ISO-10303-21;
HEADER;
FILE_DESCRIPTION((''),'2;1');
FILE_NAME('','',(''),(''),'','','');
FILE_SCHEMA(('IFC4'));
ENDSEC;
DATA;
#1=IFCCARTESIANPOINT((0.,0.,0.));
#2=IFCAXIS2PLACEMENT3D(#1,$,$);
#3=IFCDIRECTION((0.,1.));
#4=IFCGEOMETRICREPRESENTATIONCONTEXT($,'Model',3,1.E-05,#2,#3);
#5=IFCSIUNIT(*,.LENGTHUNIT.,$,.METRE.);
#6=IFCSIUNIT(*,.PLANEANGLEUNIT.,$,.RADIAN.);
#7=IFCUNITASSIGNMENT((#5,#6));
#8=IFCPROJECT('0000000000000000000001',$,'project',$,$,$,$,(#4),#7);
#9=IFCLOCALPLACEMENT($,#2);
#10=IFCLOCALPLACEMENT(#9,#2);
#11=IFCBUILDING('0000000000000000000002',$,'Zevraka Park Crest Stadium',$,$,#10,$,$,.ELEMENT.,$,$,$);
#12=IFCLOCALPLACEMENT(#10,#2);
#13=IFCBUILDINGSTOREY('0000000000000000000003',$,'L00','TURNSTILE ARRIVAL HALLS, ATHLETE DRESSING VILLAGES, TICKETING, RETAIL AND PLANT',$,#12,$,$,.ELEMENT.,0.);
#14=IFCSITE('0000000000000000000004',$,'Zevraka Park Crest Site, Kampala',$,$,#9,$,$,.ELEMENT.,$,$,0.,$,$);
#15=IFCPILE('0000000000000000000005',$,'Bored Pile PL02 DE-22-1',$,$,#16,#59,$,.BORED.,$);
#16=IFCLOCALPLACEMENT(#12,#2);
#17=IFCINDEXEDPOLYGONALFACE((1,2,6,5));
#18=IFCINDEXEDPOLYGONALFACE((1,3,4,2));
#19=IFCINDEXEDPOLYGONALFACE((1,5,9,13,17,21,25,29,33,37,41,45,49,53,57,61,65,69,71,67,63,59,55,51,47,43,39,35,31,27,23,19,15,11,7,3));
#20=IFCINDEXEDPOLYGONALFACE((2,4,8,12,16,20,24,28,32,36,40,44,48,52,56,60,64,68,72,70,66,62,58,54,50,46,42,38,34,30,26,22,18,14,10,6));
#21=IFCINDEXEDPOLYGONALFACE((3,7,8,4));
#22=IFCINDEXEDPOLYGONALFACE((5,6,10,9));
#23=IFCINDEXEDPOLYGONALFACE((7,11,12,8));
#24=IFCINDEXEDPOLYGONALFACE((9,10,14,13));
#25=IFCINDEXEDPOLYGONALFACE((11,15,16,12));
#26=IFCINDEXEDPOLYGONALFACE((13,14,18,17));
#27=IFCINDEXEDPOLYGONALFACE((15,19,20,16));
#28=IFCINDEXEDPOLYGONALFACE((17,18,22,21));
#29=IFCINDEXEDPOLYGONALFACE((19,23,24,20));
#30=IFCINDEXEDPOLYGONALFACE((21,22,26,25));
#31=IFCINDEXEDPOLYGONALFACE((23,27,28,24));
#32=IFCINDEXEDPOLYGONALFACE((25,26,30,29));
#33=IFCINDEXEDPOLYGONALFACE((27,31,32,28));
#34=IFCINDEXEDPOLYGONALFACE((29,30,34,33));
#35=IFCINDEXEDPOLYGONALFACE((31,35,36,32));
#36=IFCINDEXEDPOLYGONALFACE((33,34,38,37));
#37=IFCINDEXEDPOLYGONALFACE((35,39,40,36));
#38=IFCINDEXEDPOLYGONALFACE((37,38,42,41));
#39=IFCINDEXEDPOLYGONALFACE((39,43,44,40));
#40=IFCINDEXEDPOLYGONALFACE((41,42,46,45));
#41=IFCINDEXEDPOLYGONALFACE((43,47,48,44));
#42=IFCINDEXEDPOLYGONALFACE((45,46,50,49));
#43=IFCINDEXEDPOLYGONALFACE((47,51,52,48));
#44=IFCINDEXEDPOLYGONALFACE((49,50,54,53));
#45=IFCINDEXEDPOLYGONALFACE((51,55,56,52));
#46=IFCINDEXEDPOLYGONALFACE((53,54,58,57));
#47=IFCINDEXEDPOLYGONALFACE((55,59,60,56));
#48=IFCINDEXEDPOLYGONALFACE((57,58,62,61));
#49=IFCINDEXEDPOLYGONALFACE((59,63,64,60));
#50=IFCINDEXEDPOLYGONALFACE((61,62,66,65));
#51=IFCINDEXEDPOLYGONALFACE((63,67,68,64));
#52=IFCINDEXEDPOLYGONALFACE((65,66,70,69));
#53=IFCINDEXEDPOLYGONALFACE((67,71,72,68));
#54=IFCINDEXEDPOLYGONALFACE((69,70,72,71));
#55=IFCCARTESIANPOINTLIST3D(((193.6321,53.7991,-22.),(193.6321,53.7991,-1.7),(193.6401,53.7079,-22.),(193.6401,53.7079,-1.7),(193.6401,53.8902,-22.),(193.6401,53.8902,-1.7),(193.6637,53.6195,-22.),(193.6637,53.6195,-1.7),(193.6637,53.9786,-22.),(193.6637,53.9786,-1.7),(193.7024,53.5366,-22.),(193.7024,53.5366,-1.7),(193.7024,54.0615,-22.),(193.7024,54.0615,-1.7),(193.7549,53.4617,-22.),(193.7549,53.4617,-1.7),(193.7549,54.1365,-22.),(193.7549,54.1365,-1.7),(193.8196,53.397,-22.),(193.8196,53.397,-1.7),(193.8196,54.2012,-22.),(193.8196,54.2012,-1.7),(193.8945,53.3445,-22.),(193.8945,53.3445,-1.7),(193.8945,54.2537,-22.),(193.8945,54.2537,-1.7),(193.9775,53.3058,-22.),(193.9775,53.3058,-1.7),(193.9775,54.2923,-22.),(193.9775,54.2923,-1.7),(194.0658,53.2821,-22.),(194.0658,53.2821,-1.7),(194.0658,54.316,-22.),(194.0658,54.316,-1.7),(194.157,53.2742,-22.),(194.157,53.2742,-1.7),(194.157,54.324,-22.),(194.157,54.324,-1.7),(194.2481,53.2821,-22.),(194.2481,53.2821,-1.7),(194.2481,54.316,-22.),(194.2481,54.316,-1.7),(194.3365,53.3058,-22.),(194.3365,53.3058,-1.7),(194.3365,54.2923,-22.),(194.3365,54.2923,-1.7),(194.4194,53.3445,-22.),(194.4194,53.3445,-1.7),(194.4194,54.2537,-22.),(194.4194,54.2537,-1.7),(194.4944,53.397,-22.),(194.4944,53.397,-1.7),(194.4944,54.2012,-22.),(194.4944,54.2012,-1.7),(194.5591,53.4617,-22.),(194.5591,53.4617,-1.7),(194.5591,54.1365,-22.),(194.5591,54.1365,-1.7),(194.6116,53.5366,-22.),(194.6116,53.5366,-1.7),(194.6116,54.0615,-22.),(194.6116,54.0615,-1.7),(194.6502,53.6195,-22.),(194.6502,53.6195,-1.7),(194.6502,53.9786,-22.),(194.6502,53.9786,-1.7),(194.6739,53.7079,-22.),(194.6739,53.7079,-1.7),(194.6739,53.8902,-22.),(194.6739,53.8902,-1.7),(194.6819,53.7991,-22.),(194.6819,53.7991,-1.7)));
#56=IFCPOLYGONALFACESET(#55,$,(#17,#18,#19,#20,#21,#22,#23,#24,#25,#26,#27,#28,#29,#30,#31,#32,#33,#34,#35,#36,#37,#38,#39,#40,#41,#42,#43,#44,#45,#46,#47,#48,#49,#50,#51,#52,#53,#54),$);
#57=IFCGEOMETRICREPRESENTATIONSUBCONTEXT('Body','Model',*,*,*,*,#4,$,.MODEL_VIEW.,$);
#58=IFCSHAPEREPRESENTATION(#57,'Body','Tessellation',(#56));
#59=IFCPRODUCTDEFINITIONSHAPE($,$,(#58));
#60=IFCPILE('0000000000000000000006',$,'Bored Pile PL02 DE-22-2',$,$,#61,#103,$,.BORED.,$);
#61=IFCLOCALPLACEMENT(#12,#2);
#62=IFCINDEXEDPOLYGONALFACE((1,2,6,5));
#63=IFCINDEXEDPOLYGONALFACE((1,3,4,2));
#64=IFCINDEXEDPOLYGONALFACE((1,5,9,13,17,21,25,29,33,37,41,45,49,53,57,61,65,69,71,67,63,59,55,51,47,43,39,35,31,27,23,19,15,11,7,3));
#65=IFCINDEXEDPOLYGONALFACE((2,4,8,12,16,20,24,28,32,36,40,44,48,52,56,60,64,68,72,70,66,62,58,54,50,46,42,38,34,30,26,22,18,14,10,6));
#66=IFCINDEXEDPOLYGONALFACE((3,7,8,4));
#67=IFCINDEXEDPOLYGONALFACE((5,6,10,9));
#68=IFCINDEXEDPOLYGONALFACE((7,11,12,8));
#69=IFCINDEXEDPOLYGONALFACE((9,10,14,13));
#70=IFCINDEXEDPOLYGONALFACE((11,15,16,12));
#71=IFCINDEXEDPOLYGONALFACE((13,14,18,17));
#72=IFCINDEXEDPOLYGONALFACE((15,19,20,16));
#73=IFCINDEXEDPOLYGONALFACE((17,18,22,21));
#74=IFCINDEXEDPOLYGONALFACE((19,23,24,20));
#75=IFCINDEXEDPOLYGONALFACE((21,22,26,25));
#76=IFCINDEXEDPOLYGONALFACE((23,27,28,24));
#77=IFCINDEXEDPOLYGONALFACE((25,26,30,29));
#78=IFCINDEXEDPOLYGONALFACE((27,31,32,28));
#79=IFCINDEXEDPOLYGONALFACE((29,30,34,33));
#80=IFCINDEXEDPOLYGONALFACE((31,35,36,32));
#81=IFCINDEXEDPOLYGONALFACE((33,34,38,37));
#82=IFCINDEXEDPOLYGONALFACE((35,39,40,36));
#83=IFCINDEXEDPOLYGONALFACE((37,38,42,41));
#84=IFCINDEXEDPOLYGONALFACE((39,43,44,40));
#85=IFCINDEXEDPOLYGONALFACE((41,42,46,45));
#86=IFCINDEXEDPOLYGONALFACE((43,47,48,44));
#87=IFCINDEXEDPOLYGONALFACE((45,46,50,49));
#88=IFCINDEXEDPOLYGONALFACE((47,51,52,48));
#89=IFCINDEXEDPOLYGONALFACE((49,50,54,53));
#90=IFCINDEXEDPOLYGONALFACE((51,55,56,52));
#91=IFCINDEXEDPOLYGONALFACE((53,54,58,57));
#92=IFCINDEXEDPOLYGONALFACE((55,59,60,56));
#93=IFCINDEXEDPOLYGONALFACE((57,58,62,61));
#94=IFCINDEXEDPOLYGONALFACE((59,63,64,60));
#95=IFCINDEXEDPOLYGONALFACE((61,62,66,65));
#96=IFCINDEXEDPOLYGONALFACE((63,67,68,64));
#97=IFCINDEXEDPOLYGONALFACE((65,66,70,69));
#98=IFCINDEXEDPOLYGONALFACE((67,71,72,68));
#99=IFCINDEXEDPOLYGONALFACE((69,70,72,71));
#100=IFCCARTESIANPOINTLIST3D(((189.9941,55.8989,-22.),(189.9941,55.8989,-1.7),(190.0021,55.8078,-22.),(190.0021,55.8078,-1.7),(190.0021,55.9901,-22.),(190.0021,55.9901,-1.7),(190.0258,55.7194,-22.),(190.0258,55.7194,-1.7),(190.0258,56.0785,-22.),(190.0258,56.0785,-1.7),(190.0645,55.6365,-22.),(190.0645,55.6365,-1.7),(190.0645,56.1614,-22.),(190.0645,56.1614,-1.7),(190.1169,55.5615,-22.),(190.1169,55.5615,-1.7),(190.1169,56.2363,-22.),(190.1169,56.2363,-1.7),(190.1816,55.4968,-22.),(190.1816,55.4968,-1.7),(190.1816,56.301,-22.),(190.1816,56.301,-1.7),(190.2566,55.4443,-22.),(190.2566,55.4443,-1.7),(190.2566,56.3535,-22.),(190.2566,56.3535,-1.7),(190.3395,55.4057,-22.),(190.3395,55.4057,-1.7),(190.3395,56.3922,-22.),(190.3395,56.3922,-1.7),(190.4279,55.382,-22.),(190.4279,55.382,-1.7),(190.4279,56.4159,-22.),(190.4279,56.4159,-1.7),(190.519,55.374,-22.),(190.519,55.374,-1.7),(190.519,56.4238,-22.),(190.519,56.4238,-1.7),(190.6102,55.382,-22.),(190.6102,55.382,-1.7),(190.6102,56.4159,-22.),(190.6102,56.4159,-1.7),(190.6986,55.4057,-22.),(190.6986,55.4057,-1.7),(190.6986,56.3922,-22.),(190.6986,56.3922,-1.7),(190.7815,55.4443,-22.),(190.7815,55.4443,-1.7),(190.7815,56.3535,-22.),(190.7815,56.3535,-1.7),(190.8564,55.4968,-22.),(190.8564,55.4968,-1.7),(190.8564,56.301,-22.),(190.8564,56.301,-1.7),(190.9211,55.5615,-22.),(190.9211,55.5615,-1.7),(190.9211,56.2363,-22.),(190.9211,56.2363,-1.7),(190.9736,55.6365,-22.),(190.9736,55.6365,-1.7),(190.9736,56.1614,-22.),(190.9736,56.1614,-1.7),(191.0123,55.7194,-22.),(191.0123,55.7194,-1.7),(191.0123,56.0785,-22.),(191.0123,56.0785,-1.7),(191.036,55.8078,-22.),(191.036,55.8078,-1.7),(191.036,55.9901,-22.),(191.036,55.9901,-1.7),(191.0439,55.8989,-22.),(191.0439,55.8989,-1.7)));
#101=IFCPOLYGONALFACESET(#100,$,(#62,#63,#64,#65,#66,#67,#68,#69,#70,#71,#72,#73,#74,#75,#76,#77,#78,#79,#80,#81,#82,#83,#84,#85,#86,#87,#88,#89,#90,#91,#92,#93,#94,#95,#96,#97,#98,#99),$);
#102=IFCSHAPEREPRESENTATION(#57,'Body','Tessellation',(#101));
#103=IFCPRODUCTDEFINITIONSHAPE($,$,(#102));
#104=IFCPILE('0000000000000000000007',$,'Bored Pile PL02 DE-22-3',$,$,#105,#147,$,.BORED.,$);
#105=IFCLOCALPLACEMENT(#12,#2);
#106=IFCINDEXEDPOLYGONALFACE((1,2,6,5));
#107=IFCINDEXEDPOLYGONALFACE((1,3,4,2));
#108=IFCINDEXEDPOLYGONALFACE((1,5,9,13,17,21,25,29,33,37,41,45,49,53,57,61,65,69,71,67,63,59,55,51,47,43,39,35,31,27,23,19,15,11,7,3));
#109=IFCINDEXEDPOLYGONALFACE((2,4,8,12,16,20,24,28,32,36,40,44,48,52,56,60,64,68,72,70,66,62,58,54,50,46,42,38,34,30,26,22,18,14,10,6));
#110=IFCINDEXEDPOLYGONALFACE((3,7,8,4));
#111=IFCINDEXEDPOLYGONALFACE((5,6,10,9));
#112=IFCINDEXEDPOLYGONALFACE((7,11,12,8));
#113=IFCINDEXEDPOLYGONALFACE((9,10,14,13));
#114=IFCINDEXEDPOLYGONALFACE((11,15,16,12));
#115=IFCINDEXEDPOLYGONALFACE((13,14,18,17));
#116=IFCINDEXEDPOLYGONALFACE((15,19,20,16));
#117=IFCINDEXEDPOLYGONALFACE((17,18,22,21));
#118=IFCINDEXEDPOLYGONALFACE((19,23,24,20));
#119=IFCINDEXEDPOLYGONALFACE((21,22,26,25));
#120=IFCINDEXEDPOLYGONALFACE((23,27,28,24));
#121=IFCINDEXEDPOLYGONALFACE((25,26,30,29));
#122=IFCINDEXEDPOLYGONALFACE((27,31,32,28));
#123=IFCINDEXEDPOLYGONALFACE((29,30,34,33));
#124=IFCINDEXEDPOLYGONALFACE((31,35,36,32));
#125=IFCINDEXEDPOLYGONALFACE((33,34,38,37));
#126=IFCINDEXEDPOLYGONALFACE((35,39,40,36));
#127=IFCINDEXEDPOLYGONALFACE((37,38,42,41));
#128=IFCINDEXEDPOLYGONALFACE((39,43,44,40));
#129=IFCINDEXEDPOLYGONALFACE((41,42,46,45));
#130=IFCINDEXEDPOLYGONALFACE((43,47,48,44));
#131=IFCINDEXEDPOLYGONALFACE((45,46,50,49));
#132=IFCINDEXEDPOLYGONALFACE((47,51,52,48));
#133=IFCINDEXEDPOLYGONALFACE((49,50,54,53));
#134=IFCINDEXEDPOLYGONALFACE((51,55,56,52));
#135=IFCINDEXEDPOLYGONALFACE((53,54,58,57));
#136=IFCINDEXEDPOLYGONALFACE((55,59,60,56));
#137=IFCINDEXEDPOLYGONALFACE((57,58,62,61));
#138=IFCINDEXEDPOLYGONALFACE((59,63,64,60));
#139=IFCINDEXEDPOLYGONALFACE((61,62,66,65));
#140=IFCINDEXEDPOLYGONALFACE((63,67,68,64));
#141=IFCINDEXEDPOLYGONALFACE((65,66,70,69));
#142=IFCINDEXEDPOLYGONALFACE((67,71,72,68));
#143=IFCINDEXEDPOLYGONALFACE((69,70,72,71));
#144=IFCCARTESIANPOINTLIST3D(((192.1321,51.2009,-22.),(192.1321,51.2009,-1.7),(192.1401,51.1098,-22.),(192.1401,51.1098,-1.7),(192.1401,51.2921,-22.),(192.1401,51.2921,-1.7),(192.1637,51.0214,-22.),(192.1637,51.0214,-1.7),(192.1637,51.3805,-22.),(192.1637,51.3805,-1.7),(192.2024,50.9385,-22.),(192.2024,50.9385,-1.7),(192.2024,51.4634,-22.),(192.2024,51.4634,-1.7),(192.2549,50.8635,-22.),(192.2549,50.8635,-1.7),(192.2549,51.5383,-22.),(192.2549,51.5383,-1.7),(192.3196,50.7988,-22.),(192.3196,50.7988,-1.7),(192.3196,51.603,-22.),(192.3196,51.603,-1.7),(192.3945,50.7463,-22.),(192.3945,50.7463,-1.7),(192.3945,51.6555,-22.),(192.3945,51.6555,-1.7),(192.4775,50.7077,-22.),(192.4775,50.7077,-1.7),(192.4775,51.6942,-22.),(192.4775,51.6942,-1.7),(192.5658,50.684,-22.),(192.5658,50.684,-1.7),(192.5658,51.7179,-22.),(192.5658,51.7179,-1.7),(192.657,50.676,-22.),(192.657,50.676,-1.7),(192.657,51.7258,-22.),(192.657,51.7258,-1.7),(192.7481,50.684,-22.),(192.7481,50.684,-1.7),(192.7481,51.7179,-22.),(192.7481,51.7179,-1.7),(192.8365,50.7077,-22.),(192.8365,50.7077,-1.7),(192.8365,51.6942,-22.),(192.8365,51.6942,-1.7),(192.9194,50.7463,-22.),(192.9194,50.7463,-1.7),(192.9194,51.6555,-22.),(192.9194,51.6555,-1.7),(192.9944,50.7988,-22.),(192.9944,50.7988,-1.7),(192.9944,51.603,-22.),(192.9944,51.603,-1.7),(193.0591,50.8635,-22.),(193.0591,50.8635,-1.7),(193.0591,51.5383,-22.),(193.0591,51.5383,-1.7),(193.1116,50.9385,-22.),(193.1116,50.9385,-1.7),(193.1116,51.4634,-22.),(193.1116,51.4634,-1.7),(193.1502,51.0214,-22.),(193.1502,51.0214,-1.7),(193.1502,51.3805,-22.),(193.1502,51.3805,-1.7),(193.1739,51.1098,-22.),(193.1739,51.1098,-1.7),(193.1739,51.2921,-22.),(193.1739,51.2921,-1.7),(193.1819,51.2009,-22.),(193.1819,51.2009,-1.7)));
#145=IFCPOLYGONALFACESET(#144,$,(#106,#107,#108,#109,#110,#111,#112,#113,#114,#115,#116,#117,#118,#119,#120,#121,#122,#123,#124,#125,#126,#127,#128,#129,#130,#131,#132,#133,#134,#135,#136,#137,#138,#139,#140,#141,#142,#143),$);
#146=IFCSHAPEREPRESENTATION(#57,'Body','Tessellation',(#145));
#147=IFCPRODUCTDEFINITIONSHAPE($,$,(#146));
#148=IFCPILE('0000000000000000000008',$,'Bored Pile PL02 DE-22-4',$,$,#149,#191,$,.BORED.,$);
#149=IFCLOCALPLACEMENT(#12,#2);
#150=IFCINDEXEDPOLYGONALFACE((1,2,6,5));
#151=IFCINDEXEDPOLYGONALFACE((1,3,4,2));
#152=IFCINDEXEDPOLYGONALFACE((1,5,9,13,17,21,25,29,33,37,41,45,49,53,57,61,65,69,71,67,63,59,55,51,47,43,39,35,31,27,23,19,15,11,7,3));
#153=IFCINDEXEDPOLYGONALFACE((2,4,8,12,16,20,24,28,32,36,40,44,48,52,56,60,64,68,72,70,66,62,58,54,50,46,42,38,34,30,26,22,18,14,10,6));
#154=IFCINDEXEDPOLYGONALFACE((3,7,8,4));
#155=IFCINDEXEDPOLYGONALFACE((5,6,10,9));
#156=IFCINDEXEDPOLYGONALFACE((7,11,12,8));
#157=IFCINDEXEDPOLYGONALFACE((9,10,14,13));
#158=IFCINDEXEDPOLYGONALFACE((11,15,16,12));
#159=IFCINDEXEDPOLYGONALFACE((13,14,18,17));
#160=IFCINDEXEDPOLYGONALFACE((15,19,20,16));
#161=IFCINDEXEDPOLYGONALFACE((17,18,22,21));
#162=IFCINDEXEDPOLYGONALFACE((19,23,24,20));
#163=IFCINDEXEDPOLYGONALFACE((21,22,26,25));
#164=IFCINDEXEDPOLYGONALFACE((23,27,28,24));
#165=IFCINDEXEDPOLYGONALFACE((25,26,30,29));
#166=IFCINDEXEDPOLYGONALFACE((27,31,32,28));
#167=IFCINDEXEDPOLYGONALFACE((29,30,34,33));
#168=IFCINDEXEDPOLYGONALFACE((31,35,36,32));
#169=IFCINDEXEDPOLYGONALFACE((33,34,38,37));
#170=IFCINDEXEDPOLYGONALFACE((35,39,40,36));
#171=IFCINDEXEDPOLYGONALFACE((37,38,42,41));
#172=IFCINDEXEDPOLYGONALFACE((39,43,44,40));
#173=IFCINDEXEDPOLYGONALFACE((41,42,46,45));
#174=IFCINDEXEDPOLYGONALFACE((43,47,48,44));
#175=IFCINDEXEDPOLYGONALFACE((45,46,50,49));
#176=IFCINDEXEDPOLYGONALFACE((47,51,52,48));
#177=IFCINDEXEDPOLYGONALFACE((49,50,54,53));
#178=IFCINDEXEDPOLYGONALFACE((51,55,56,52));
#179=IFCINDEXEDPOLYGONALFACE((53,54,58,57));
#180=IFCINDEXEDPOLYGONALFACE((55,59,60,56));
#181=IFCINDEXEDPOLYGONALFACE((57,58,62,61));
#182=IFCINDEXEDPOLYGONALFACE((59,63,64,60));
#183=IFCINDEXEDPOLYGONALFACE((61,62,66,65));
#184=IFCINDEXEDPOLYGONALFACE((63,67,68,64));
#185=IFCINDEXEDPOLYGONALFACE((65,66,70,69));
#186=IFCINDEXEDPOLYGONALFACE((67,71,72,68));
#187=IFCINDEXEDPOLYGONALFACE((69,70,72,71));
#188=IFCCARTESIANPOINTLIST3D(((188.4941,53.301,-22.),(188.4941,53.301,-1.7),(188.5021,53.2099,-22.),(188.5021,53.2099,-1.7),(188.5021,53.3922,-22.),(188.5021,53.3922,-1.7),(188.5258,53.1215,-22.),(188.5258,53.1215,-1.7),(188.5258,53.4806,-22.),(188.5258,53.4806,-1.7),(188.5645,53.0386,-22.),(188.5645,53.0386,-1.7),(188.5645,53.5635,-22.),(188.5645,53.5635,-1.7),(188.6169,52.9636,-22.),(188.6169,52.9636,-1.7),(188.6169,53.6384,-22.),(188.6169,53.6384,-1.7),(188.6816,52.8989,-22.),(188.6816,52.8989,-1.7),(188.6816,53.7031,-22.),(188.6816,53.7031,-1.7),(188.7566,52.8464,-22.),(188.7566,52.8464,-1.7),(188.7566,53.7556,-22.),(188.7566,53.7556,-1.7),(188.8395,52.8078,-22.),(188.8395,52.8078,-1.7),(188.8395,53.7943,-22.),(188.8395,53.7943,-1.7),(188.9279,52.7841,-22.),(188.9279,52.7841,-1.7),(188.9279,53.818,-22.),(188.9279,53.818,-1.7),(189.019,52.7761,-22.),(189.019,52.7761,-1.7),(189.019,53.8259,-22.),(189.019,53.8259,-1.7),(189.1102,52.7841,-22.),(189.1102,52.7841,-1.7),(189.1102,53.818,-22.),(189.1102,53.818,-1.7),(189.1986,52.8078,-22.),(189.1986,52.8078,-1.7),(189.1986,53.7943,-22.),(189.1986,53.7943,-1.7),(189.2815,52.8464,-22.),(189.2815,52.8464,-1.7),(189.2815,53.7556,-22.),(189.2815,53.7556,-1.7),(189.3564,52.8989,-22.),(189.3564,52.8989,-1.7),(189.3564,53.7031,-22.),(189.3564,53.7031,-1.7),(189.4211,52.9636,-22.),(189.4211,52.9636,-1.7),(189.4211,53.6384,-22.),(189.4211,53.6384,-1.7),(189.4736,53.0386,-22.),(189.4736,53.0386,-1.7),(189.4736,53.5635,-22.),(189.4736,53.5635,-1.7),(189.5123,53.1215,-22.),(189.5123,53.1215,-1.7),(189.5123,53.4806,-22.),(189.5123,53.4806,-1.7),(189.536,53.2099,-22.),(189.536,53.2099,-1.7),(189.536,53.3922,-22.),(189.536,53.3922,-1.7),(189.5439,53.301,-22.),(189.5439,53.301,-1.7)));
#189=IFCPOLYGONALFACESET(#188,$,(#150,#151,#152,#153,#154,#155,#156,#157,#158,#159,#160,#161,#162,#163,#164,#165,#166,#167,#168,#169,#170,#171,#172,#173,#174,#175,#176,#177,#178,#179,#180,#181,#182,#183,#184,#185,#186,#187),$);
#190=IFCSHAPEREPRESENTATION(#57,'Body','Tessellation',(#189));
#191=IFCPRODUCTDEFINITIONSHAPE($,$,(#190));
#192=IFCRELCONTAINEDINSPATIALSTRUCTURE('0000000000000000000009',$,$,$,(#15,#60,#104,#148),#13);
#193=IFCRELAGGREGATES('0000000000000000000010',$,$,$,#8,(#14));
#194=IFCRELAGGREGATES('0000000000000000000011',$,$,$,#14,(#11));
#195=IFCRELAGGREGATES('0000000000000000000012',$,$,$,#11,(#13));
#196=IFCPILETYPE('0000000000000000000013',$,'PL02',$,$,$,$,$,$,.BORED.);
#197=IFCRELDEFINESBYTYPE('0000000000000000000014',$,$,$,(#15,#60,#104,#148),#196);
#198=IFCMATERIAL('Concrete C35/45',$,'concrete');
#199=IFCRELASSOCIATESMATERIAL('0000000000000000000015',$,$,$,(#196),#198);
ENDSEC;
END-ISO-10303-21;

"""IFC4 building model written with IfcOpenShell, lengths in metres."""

from ifc_helpers import new_model, si_unit, direction, frame, origin, origin_2d, place, context, subcontext, project, spatial, circle, extrude, material, material_profile, profile_set, type_object, element, save


model = new_model("IFC4")

# Units and contexts
model_context = context("Model", 3, precision=1e-05, world=origin(), true_north=direction((0.0, 1.0)))
body_context = subcontext(model_context, "Body", "Model", "MODEL_VIEW")
ifc_project = project(units=[si_unit("LENGTHUNIT", "METRE"), si_unit("PLANEANGLEUNIT", "RADIAN")], contexts=[model_context])

# Site, building, storey
site_placement = place(None, origin())
site = spatial("IfcSite", under=ifc_project, at=site_placement, Name="Zevraka Park Crest Site, Kampala", CompositionType="ELEMENT", RefElevation=0.0)
building_placement = place(site_placement, origin())
building = spatial("IfcBuilding", under=site, at=building_placement, Name="Zevraka Park Crest Stadium", CompositionType="ELEMENT")
storey_placement = place(building_placement, origin())
storey = spatial("IfcBuildingStorey", under=building, at=storey_placement, Name="L00", Description="TURNSTILE ARRIVAL HALLS, ATHLETE DRESSING VILLAGES, TICKETING, RETAIL AND PLANT", CompositionType="ELEMENT", Elevation=0.0)

# Piles
ifc_material_1 = material(Name="Concrete C35/45", Category="concrete")
ifc_material_profile_1 = material_profile(ifc_material_1, circle(Radius=0.5249, at=origin_2d()), Name="PILE D1050")
ifc_profile_set_1 = profile_set([ifc_material_profile_1], Name="Concrete C35/45")
pile_type_1 = type_object("IfcPileType", Name="PL02", PredefinedType="BORED", material=ifc_profile_set_1)
for number, where, z_axis, x_axis, name in (
    (1, (194.157, 53.7991, -1.7), (0.0, 0.0, -1.0), (1.0, 0.0, 0.0), "Bored Pile PL02 DE-22-1"),
    (2, (190.519, 55.8989, -1.7), (0.0, 0.0, -1.0), (1.0, 0.0, 0.0), "Bored Pile PL02 DE-22-2"),
    (3, (192.657, 51.2009, -1.7), (0.0, 0.0, -1.0), (1.0, 0.0, 0.0), "Bored Pile PL02 DE-22-3"),
    (4, (189.019, 53.301, -1.7), (0.0, 0.0, -1.0), (1.0, 0.0, 0.0), "Bored Pile PL02 DE-22-4"),
):
    element("IfcPile", number, at=place(storey_placement, frame(where, z_axis=z_axis, x_axis=x_axis)), inside=storey, type_object=pile_type_1, Name=name, PredefinedType="BORED", context=body_context, shape_type="SweptSolid", body=[
        extrude(circle(Radius=0.5249, at=origin_2d()), origin(), (0.0, 0.0, 1.0), 20.3),
    ])

save(model, "model.ifc")
